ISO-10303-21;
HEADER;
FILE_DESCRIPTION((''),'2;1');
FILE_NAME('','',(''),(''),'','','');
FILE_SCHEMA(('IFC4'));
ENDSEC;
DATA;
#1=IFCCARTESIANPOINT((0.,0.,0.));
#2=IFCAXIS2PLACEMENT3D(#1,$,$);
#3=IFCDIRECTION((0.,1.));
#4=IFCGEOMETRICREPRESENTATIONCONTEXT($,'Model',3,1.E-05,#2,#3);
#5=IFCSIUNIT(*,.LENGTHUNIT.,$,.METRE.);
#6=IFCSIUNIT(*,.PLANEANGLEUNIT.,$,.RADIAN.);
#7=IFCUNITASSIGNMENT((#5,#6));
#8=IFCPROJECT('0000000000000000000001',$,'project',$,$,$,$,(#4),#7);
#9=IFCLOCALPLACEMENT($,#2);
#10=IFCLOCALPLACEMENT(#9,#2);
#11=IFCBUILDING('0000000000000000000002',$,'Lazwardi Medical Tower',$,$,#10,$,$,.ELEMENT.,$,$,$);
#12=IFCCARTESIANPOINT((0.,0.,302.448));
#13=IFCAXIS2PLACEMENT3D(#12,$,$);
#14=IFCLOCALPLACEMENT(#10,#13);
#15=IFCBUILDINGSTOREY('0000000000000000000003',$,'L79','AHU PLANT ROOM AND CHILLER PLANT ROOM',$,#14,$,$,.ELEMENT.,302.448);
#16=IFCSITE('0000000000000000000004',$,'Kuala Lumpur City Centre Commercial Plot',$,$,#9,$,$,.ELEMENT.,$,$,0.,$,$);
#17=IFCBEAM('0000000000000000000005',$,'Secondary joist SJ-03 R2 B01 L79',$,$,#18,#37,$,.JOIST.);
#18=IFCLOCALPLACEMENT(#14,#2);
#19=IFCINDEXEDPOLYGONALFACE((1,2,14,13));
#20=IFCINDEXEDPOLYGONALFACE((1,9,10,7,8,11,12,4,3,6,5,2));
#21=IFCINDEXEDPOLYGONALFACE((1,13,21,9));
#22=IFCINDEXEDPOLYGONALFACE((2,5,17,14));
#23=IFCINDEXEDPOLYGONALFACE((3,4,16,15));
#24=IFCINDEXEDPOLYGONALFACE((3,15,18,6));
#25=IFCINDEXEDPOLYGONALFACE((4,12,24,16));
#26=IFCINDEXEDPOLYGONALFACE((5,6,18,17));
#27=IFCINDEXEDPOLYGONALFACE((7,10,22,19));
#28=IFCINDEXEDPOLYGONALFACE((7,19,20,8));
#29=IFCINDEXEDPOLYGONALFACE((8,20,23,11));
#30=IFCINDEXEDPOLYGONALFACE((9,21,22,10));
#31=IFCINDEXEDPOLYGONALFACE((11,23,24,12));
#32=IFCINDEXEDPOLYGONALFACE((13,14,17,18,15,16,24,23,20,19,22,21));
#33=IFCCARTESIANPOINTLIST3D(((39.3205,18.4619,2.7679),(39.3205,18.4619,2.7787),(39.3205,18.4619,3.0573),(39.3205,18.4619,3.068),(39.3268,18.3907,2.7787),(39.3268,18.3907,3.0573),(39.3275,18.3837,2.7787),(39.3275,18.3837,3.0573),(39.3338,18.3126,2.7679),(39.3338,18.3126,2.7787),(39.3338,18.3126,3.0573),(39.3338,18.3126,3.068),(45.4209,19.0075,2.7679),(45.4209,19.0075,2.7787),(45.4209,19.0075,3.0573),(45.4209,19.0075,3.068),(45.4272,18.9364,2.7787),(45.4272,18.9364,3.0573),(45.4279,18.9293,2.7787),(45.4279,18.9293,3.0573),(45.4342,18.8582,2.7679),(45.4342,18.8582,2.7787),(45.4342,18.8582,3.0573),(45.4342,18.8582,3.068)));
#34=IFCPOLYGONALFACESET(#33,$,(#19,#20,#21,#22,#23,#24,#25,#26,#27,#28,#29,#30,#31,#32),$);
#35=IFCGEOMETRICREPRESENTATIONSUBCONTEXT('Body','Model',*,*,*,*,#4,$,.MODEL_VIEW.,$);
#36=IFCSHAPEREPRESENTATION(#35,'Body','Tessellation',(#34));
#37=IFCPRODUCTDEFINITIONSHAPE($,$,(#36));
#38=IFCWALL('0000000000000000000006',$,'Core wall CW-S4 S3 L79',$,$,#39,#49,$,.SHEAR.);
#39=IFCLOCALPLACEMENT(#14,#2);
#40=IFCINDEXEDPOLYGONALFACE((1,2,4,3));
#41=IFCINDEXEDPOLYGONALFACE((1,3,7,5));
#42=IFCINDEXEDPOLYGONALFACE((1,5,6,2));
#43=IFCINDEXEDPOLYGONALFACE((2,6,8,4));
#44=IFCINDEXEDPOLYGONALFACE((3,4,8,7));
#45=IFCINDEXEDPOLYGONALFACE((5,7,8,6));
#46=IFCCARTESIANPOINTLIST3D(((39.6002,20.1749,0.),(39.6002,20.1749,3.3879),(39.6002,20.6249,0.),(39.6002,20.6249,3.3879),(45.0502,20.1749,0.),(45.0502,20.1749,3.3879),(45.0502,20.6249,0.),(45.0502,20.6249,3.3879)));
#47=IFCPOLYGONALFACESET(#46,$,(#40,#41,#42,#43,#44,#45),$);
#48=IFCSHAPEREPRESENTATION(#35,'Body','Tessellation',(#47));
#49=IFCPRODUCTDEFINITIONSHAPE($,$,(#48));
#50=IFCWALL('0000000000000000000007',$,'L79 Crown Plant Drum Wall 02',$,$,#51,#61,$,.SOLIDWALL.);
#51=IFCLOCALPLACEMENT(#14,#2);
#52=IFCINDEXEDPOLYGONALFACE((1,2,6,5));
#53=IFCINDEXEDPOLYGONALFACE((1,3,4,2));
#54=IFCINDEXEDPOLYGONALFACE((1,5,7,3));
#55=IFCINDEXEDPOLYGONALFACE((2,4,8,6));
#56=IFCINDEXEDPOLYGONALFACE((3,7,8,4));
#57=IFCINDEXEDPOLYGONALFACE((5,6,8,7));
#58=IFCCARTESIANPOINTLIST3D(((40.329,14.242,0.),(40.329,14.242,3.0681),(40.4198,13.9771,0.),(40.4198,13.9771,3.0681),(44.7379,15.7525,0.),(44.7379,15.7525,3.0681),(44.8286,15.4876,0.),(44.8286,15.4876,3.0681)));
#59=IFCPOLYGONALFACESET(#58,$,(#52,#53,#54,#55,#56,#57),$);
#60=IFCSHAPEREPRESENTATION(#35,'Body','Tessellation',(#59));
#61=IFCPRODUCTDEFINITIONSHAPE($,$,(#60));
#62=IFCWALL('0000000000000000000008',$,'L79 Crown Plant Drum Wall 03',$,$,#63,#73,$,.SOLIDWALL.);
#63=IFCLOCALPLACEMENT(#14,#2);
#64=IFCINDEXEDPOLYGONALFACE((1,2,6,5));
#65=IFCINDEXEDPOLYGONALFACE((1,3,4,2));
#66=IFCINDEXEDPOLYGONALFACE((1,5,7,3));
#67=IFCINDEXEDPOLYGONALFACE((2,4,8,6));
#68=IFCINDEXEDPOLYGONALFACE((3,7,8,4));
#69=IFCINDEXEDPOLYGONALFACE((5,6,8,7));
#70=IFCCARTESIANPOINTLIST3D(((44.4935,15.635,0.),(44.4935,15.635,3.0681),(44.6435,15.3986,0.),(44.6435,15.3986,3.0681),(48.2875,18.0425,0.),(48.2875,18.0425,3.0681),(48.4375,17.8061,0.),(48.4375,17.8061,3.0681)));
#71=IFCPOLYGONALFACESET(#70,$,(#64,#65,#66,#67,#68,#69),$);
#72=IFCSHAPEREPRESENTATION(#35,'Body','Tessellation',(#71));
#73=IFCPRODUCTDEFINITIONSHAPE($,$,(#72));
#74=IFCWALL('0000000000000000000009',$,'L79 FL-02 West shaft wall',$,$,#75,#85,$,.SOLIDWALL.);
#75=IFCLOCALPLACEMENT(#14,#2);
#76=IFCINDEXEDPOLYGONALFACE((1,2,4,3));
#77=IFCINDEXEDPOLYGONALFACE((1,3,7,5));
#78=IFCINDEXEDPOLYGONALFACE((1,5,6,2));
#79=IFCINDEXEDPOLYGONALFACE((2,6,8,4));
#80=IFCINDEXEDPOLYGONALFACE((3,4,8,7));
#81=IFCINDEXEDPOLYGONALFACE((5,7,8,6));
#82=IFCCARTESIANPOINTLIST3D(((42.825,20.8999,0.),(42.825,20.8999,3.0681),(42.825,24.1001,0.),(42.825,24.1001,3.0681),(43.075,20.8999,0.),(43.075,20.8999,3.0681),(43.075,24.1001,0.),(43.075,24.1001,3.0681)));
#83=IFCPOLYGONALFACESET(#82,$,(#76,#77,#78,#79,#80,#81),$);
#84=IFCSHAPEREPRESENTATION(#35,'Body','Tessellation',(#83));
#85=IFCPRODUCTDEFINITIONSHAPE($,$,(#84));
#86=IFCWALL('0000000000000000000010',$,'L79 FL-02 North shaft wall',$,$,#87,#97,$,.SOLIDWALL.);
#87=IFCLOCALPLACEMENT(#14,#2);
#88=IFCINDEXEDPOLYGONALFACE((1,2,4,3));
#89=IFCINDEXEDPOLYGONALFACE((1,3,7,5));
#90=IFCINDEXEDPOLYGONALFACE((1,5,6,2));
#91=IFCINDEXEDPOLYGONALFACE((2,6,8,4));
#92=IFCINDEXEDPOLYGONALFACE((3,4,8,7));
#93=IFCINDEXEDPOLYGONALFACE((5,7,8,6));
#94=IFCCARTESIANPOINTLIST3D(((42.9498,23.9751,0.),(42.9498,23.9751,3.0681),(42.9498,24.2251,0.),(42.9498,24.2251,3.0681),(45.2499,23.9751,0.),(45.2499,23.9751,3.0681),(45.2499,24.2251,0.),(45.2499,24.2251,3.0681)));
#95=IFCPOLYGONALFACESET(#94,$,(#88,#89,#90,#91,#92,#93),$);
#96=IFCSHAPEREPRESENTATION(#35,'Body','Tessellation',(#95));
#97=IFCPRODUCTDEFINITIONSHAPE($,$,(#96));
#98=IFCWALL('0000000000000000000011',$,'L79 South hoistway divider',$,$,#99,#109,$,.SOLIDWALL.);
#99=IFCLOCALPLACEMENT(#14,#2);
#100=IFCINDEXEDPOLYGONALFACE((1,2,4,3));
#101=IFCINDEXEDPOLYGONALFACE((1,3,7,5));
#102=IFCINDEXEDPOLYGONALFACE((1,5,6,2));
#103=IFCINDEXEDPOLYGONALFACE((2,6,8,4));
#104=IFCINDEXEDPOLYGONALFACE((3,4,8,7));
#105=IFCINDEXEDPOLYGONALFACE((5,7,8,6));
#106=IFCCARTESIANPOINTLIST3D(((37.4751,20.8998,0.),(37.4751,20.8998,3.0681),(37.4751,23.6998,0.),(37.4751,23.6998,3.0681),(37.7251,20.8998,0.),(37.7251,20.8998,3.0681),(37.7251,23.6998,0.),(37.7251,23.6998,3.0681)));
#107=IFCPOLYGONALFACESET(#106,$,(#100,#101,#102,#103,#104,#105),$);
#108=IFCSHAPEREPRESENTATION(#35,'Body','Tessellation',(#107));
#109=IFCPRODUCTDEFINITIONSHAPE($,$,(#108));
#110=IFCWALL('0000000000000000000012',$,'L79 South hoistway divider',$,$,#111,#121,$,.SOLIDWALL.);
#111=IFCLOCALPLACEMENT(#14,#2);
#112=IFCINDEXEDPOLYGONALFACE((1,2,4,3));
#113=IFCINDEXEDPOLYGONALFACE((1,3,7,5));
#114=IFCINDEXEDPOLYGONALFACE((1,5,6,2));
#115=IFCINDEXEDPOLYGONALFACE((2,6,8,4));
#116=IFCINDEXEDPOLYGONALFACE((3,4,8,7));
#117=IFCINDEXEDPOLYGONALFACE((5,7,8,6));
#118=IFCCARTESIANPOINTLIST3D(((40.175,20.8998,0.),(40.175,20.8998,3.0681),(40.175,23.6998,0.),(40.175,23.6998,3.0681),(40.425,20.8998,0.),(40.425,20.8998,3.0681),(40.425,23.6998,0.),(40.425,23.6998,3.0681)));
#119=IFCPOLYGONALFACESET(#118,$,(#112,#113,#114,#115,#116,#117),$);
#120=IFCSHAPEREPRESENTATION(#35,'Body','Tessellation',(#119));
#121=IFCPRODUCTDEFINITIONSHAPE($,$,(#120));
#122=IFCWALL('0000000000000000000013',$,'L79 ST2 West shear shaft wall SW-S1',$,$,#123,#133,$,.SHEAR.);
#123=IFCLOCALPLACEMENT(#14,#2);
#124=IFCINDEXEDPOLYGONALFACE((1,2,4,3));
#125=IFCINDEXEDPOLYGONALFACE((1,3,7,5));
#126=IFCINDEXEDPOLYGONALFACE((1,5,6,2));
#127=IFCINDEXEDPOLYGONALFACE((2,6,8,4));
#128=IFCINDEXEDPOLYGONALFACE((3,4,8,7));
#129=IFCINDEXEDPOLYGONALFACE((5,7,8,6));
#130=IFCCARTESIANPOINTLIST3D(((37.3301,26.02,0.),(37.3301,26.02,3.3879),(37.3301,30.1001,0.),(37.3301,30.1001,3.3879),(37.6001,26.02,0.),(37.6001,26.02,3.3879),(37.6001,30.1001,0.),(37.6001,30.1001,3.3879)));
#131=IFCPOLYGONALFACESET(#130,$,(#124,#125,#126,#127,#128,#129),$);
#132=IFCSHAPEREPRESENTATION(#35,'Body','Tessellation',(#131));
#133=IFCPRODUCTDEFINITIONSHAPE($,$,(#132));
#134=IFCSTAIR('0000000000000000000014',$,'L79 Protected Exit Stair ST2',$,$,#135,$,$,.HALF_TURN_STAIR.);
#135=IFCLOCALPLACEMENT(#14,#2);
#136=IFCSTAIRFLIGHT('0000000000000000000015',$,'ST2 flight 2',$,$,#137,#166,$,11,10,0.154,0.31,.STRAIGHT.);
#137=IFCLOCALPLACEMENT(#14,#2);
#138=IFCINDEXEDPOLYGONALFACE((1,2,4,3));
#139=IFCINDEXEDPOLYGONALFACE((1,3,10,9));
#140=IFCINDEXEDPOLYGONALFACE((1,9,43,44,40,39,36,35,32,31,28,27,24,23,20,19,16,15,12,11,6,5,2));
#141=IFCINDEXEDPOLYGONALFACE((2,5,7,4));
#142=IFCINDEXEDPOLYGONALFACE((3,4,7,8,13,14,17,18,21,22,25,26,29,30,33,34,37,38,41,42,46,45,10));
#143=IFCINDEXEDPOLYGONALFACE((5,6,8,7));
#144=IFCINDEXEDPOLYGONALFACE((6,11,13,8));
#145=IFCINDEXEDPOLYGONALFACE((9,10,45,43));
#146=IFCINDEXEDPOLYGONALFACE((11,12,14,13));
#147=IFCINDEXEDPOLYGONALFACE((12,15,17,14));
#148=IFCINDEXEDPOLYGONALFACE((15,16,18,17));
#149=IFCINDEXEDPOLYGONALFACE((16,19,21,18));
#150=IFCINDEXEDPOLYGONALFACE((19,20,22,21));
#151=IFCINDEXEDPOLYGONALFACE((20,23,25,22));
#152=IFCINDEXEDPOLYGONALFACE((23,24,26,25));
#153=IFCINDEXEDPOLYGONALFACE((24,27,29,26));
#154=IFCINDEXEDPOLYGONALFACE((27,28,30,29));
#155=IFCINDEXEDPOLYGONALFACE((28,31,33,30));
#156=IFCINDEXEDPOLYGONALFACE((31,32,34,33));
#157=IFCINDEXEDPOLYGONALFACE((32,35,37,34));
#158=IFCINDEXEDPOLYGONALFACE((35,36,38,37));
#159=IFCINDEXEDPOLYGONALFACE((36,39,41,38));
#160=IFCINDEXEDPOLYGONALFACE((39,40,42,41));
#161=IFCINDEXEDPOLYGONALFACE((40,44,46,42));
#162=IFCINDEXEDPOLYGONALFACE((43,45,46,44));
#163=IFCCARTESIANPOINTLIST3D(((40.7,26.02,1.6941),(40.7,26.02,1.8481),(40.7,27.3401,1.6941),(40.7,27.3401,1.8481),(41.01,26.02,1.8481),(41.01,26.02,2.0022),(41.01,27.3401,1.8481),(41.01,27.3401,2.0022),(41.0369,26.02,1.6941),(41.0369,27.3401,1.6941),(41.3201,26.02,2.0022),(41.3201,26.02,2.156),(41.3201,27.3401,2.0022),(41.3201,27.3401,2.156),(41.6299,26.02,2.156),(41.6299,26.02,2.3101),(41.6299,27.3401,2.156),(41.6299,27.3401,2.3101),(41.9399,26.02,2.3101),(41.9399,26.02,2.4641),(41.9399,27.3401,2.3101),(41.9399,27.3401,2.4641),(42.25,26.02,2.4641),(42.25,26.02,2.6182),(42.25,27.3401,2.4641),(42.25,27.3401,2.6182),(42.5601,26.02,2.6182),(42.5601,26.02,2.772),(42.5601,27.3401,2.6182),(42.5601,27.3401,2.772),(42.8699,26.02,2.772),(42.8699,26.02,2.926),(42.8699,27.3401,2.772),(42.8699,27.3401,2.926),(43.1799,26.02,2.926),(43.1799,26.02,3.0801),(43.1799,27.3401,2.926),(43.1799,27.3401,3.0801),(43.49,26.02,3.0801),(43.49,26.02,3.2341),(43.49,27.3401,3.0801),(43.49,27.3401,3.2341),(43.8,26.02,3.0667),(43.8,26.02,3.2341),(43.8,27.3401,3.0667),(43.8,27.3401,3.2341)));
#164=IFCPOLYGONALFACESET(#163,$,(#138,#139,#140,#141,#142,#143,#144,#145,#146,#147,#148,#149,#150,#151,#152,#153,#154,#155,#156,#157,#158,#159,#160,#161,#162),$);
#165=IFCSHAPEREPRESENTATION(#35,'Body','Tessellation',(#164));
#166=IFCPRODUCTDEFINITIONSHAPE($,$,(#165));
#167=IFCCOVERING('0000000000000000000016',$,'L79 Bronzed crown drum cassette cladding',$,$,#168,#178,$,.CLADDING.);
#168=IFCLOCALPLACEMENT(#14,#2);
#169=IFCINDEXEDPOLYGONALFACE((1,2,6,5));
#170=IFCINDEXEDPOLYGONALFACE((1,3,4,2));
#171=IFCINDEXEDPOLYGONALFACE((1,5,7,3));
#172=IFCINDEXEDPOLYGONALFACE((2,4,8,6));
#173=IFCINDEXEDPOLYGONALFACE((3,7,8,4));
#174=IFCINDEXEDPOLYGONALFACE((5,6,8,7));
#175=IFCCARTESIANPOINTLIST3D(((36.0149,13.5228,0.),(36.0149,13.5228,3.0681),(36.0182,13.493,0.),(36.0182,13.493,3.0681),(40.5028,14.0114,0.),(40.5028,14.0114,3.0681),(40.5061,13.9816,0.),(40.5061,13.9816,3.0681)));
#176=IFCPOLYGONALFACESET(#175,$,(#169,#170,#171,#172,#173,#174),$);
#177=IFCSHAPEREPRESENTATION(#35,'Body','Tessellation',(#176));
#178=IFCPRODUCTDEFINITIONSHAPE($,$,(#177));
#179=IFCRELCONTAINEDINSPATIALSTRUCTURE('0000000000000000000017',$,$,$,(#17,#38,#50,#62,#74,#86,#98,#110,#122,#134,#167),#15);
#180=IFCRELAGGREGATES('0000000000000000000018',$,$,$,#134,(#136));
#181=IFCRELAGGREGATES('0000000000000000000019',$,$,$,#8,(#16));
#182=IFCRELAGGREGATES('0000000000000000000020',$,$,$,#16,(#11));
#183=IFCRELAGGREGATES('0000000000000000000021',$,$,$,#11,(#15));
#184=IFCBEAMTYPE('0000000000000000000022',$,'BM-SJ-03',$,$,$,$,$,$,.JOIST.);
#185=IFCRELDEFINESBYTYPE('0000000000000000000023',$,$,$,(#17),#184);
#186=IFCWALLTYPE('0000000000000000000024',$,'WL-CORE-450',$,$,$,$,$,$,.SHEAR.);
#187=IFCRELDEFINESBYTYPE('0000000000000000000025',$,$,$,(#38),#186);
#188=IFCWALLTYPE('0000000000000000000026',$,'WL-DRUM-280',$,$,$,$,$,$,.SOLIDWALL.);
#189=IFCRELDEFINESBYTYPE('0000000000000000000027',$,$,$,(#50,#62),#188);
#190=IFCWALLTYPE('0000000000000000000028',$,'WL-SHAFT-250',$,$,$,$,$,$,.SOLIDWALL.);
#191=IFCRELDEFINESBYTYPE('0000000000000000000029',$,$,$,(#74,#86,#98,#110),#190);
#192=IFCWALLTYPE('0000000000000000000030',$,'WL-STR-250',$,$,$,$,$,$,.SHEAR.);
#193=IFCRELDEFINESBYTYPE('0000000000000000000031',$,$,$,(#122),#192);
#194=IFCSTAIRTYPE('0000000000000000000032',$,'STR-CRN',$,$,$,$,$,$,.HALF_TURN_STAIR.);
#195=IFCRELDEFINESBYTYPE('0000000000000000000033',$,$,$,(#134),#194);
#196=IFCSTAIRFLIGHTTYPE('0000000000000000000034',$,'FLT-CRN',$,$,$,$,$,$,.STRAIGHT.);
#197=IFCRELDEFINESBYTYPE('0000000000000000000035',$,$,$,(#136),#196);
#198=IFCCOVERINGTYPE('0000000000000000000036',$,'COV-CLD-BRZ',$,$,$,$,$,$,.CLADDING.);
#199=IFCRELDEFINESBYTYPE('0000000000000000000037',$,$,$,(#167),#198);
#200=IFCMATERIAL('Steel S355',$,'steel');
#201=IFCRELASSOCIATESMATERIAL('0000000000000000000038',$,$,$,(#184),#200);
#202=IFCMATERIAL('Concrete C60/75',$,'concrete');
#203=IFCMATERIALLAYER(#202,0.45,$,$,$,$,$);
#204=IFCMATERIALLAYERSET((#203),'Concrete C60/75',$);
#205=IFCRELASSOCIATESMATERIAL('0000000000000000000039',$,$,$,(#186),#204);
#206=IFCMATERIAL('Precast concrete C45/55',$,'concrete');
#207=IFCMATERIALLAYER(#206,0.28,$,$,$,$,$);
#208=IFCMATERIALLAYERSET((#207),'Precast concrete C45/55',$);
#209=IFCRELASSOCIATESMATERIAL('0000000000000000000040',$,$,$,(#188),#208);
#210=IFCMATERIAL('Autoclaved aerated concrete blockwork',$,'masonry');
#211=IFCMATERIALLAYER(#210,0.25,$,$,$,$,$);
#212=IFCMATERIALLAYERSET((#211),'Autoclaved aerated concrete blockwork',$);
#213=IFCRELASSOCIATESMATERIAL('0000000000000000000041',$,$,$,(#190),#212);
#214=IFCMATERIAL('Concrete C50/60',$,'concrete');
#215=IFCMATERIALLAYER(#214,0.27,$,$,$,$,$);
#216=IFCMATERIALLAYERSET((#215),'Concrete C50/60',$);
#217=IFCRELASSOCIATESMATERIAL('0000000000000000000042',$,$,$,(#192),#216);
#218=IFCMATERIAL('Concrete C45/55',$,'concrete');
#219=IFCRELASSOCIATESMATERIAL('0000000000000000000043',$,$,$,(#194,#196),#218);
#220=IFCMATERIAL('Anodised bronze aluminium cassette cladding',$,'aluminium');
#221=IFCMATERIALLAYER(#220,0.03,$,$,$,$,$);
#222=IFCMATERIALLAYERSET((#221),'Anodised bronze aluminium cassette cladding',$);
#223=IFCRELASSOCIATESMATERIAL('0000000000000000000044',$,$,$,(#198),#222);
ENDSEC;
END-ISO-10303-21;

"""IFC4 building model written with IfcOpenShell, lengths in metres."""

from ifc_helpers import new_model, si_unit, direction, frame, frame_2d, origin, origin_2d, place, context, subcontext, project, spatial, polyline, rectangle, i_section, outline, extrude, material, layer, layer_set, material_profile, profile_set, type_object, element, aggregate, save


model = new_model("IFC4")

# Units and contexts
model_context = context("Model", 3, precision=1e-05, world=origin(), true_north=direction((0.0, 1.0)))
body_context = subcontext(model_context, "Body", "Model", "MODEL_VIEW")
ifc_project = project(units=[si_unit("LENGTHUNIT", "METRE"), si_unit("PLANEANGLEUNIT", "RADIAN")], contexts=[model_context])

# Site, building, storey
site_placement = place(None, origin())
site = spatial("IfcSite", under=ifc_project, at=site_placement, Name="Kuala Lumpur City Centre Commercial Plot", CompositionType="ELEMENT", RefElevation=0.0)
building_placement = place(site_placement, origin())
building = spatial("IfcBuilding", under=site, at=building_placement, Name="Lazwardi Medical Tower", CompositionType="ELEMENT")
storey_placement = place(building_placement, frame((0.0, 0.0, 302.448)))
storey = spatial("IfcBuildingStorey", under=building, at=storey_placement, Name="L79", Description="AHU PLANT ROOM AND CHILLER PLANT ROOM", CompositionType="ELEMENT", Elevation=302.448)

# Shared definitions
ifc_material_1 = material(Name="Concrete C60/75", Category="concrete")

# Beam
ifc_material_2 = material(Name="Steel S355", Category="steel")
ifc_material_profile_1 = material_profile(ifc_material_2, i_section(OverallWidth=0.1499, OverallDepth=0.3, WebThickness=0.0071, FlangeThickness=0.0107, at=origin_2d()), Name="IPE 300")
ifc_profile_set_1 = profile_set([ifc_material_profile_1], Name="Steel S355")
beam_type_1 = type_object("IfcBeamType", Name="BM-SJ-03", PredefinedType="JOIST", material=ifc_profile_set_1)
beam_1_placement = place(storey_placement, frame((39.3271, 18.3872, 2.918), z_axis=(0.996024, 0.089091, 0.0), x_axis=(-0.089091, 0.996024, 0.0)))
element("IfcBeam", 1, at=beam_1_placement, inside=storey, type_object=beam_type_1, Name="Secondary joist SJ-03 R2 B01 L79", PredefinedType="JOIST", context=body_context, shape_type="SweptSolid", body=[
    extrude(i_section(OverallWidth=0.1499, OverallDepth=0.3, WebThickness=0.0071, FlangeThickness=0.0107, at=origin_2d()), origin(), (0.0, 0.0, 1.0), 6.1248),
])

# Walls
ifc_layer_1 = layer(ifc_material_1, 0.45)
ifc_layer_set_1 = layer_set([ifc_layer_1], Name="Concrete C60/75")
wall_type_1 = type_object("IfcWallType", Name="WL-CORE-450", PredefinedType="SHEAR", material=ifc_layer_set_1)
wall_1_placement = place(storey_placement, frame((39.6001, 20.3999, 0.0), z_axis=(0.0, 0.0, 1.0), x_axis=(1.0, 0.0, 0.0)))
element("IfcWall", 2, at=wall_1_placement, inside=storey, type_object=wall_type_1, Name="Core wall CW-S4 S3 L79", PredefinedType="SHEAR", context=body_context, shape_type="SweptSolid", body=[
    extrude(rectangle(XDim=5.45, YDim=0.45, at=frame_2d((2.7251, 0.0))), origin(), (0.0, 0.0, 1.0), 3.3879),
])
ifc_material_3 = material(Name="Precast concrete C45/55", Category="concrete")
ifc_layer_2 = layer(ifc_material_3, 0.28)
ifc_layer_set_2 = layer_set([ifc_layer_2], Name="Precast concrete C45/55")
wall_type_2 = type_object("IfcWallType", Name="WL-DRUM-280", PredefinedType="SOLIDWALL", material=ifc_layer_set_2)
wall_2_placement = place(storey_placement, frame((40.3745, 14.1096, 0.0), z_axis=(0.0, 0.0, 1.0), x_axis=(0.946021, 0.324106, 0.0)))
element("IfcWall", 3, at=wall_2_placement, inside=storey, type_object=wall_type_2, Name="L79 Crown Plant Drum Wall 02", PredefinedType="SOLIDWALL", context=body_context, shape_type="SweptSolid", body=[
    extrude(rectangle(XDim=4.6604, YDim=0.28, at=frame_2d((2.3301, 0.0))), origin(), (0.0, 0.0, 1.0), 3.0681),
])
wall_3_placement = place(storey_placement, frame((44.5686, 15.5168, 0.0), z_axis=(0.0, 0.0, 1.0), x_axis=(0.844352, 0.535789, 0.0)))
element("IfcWall", 4, at=wall_3_placement, inside=storey, type_object=wall_type_2, Name="L79 Crown Plant Drum Wall 03", PredefinedType="SOLIDWALL", context=body_context, shape_type="SweptSolid", body=[
    extrude(rectangle(XDim=4.4934, YDim=0.28, at=frame_2d((2.2466, 0.0))), origin(), (0.0, 0.0, 1.0), 3.0681),
])
ifc_material_4 = material(Name="Autoclaved aerated concrete blockwork", Category="masonry")
ifc_layer_3 = layer(ifc_material_4, 0.25)
ifc_layer_set_3 = layer_set([ifc_layer_3], Name="Autoclaved aerated concrete blockwork")
wall_type_3 = type_object("IfcWallType", Name="WL-SHAFT-250", PredefinedType="SOLIDWALL", material=ifc_layer_set_3)
wall_4_placement = place(storey_placement, frame((42.95, 20.8999, 0.0), z_axis=(0.0, 0.0, 1.0), x_axis=(0.0, 1.0, 0.0)))
element("IfcWall", 5, at=wall_4_placement, inside=storey, type_object=wall_type_3, Name="L79 FL-02 West shaft wall", PredefinedType="SOLIDWALL", context=body_context, shape_type="SweptSolid", body=[
    extrude(rectangle(XDim=3.2002, YDim=0.25, at=frame_2d((1.6001, 0.0))), origin(), (0.0, 0.0, 1.0), 3.0681),
])
wall_5_placement = place(storey_placement, frame((42.95, 24.1001, 0.0), z_axis=(0.0, 0.0, 1.0), x_axis=(1.0, 0.0, 0.0)))
element("IfcWall", 6, at=wall_5_placement, inside=storey, type_object=wall_type_3, Name="L79 FL-02 North shaft wall", PredefinedType="SOLIDWALL", context=body_context, shape_type="SweptSolid", body=[
    extrude(rectangle(XDim=2.3, YDim=0.25, at=frame_2d((1.1499, 0.0))), origin(), (0.0, 0.0, 1.0), 3.0681),
])
for number, where, z_axis, x_axis, name in (
    (7, (37.6001, 20.8999, 0.0), (0.0, 0.0, 1.0), (0.0, 1.0, 0.0), "L79 South hoistway divider"),
    (8, (40.3, 20.8999, 0.0), (0.0, 0.0, 1.0), (0.0, 1.0, 0.0), "L79 South hoistway divider"),
):
    element("IfcWall", number, at=place(storey_placement, frame(where, z_axis=z_axis, x_axis=x_axis)), inside=storey, type_object=wall_type_3, Name=name, PredefinedType="SOLIDWALL", context=body_context, shape_type="SweptSolid", body=[
        extrude(rectangle(XDim=2.8, YDim=0.25, at=frame_2d((1.3999, 0.0))), origin(), (0.0, 0.0, 1.0), 3.0681),
    ])
ifc_material_5 = material(Name="Concrete C50/60", Category="concrete")
ifc_layer_4 = layer(ifc_material_5, 0.27)
ifc_layer_set_4 = layer_set([ifc_layer_4], Name="Concrete C50/60")
wall_type_4 = type_object("IfcWallType", Name="WL-STR-250", PredefinedType="SHEAR", material=ifc_layer_set_4)
wall_6_placement = place(storey_placement, frame((37.4651, 26.02, 0.0), z_axis=(0.0, 0.0, 1.0), x_axis=(0.0, 1.0, 0.0)))
element("IfcWall", 9, at=wall_6_placement, inside=storey, type_object=wall_type_4, Name="L79 ST2 West shear shaft wall SW-S1", PredefinedType="SHEAR", context=body_context, shape_type="SweptSolid", body=[
    extrude(rectangle(XDim=4.0801, YDim=0.27, at=frame_2d((2.04, 0.0))), origin(), (0.0, 0.0, 1.0), 3.3879),
])

# Stair, stair flight
ifc_material_6 = material(Name="Concrete C45/55", Category="concrete")
stair_type = type_object("IfcStairType", Name="STR-CRN", PredefinedType="HALF_TURN_STAIR", material=ifc_material_6)
stair_placement = place(storey_placement, origin())
stair = element("IfcStair", 10, at=stair_placement, inside=storey, type_object=stair_type, Name="L79 Protected Exit Stair ST2", PredefinedType="HALF_TURN_STAIR")
stair_flight_type = type_object("IfcStairFlightType", Name="FLT-CRN", PredefinedType="STRAIGHT", material=ifc_material_6)
stair_flight_placement = place(storey_placement, frame((40.7, 26.6799, 1.6941), z_axis=(0.0, 0.0, 1.0), x_axis=(1.0, 0.0, 0.0)))
stair_flight = element("IfcStairFlight", 11, at=stair_flight_placement, type_object=stair_flight_type, Name="ST2 flight 2", NumberOfRisers=11, NumberOfTreads=10, PredefinedType="STRAIGHT", RiserHeight=0.154, TreadLength=0.31, context=body_context, shape_type="SweptSolid", body=[
    extrude(outline(polyline([(0.0, 0.0), (0.0, 0.1541), (0.3101, 0.1541), (0.3101, 0.3081), (0.6201, 0.3081), (0.6201, 0.4619), (0.9299, 0.4619), (0.9299, 0.616), (1.24, 0.616), (1.24, 0.77), (1.55, 0.77), (1.55, 0.9241), (1.8601, 0.9241), (1.8601, 1.0779), (2.1699, 1.0779), (2.1699, 1.2319), (2.48, 1.2319), (2.48, 1.386), (2.79, 1.386), (2.79, 1.54), (3.1001, 1.54), (3.1001, 1.6941), (3.1001, 1.3726), (0.3369, 0.0), (0.0, 0.0)])), frame((0.0, 0.6602, 0.0), z_axis=(0.0, -1.0, 0.0), x_axis=(1.0, 0.0, 0.0)), (0.0, 0.0, 1.0), 1.3201),
])
aggregate(stair, [stair_flight])

# Covering
ifc_material_7 = material(Name="Anodised bronze aluminium cassette cladding", Category="aluminium")
ifc_layer_5 = layer(ifc_material_7, 0.03)
ifc_layer_set_5 = layer_set([ifc_layer_5], Name="Anodised bronze aluminium cassette cladding")
covering_type = type_object("IfcCoveringType", Name="COV-CLD-BRZ", PredefinedType="CLADDING", material=ifc_layer_set_5)
covering_1_placement = place(storey_placement, frame((38.2605, 13.7522, 0.0), z_axis=(0.0, 0.0, 1.0), x_axis=(0.994126, 0.10823, 0.0)))
element("IfcCovering", 12, at=covering_1_placement, inside=storey, type_object=covering_type, Name="L79 Bronzed crown drum cassette cladding", PredefinedType="CLADDING", context=body_context, shape_type="SweptSolid", body=[
    extrude(rectangle(XDim=4.5144, YDim=0.03, at=origin_2d()), origin(), (0.0, 0.0, 1.0), 3.0681),
])

save(model, "model.ifc")
